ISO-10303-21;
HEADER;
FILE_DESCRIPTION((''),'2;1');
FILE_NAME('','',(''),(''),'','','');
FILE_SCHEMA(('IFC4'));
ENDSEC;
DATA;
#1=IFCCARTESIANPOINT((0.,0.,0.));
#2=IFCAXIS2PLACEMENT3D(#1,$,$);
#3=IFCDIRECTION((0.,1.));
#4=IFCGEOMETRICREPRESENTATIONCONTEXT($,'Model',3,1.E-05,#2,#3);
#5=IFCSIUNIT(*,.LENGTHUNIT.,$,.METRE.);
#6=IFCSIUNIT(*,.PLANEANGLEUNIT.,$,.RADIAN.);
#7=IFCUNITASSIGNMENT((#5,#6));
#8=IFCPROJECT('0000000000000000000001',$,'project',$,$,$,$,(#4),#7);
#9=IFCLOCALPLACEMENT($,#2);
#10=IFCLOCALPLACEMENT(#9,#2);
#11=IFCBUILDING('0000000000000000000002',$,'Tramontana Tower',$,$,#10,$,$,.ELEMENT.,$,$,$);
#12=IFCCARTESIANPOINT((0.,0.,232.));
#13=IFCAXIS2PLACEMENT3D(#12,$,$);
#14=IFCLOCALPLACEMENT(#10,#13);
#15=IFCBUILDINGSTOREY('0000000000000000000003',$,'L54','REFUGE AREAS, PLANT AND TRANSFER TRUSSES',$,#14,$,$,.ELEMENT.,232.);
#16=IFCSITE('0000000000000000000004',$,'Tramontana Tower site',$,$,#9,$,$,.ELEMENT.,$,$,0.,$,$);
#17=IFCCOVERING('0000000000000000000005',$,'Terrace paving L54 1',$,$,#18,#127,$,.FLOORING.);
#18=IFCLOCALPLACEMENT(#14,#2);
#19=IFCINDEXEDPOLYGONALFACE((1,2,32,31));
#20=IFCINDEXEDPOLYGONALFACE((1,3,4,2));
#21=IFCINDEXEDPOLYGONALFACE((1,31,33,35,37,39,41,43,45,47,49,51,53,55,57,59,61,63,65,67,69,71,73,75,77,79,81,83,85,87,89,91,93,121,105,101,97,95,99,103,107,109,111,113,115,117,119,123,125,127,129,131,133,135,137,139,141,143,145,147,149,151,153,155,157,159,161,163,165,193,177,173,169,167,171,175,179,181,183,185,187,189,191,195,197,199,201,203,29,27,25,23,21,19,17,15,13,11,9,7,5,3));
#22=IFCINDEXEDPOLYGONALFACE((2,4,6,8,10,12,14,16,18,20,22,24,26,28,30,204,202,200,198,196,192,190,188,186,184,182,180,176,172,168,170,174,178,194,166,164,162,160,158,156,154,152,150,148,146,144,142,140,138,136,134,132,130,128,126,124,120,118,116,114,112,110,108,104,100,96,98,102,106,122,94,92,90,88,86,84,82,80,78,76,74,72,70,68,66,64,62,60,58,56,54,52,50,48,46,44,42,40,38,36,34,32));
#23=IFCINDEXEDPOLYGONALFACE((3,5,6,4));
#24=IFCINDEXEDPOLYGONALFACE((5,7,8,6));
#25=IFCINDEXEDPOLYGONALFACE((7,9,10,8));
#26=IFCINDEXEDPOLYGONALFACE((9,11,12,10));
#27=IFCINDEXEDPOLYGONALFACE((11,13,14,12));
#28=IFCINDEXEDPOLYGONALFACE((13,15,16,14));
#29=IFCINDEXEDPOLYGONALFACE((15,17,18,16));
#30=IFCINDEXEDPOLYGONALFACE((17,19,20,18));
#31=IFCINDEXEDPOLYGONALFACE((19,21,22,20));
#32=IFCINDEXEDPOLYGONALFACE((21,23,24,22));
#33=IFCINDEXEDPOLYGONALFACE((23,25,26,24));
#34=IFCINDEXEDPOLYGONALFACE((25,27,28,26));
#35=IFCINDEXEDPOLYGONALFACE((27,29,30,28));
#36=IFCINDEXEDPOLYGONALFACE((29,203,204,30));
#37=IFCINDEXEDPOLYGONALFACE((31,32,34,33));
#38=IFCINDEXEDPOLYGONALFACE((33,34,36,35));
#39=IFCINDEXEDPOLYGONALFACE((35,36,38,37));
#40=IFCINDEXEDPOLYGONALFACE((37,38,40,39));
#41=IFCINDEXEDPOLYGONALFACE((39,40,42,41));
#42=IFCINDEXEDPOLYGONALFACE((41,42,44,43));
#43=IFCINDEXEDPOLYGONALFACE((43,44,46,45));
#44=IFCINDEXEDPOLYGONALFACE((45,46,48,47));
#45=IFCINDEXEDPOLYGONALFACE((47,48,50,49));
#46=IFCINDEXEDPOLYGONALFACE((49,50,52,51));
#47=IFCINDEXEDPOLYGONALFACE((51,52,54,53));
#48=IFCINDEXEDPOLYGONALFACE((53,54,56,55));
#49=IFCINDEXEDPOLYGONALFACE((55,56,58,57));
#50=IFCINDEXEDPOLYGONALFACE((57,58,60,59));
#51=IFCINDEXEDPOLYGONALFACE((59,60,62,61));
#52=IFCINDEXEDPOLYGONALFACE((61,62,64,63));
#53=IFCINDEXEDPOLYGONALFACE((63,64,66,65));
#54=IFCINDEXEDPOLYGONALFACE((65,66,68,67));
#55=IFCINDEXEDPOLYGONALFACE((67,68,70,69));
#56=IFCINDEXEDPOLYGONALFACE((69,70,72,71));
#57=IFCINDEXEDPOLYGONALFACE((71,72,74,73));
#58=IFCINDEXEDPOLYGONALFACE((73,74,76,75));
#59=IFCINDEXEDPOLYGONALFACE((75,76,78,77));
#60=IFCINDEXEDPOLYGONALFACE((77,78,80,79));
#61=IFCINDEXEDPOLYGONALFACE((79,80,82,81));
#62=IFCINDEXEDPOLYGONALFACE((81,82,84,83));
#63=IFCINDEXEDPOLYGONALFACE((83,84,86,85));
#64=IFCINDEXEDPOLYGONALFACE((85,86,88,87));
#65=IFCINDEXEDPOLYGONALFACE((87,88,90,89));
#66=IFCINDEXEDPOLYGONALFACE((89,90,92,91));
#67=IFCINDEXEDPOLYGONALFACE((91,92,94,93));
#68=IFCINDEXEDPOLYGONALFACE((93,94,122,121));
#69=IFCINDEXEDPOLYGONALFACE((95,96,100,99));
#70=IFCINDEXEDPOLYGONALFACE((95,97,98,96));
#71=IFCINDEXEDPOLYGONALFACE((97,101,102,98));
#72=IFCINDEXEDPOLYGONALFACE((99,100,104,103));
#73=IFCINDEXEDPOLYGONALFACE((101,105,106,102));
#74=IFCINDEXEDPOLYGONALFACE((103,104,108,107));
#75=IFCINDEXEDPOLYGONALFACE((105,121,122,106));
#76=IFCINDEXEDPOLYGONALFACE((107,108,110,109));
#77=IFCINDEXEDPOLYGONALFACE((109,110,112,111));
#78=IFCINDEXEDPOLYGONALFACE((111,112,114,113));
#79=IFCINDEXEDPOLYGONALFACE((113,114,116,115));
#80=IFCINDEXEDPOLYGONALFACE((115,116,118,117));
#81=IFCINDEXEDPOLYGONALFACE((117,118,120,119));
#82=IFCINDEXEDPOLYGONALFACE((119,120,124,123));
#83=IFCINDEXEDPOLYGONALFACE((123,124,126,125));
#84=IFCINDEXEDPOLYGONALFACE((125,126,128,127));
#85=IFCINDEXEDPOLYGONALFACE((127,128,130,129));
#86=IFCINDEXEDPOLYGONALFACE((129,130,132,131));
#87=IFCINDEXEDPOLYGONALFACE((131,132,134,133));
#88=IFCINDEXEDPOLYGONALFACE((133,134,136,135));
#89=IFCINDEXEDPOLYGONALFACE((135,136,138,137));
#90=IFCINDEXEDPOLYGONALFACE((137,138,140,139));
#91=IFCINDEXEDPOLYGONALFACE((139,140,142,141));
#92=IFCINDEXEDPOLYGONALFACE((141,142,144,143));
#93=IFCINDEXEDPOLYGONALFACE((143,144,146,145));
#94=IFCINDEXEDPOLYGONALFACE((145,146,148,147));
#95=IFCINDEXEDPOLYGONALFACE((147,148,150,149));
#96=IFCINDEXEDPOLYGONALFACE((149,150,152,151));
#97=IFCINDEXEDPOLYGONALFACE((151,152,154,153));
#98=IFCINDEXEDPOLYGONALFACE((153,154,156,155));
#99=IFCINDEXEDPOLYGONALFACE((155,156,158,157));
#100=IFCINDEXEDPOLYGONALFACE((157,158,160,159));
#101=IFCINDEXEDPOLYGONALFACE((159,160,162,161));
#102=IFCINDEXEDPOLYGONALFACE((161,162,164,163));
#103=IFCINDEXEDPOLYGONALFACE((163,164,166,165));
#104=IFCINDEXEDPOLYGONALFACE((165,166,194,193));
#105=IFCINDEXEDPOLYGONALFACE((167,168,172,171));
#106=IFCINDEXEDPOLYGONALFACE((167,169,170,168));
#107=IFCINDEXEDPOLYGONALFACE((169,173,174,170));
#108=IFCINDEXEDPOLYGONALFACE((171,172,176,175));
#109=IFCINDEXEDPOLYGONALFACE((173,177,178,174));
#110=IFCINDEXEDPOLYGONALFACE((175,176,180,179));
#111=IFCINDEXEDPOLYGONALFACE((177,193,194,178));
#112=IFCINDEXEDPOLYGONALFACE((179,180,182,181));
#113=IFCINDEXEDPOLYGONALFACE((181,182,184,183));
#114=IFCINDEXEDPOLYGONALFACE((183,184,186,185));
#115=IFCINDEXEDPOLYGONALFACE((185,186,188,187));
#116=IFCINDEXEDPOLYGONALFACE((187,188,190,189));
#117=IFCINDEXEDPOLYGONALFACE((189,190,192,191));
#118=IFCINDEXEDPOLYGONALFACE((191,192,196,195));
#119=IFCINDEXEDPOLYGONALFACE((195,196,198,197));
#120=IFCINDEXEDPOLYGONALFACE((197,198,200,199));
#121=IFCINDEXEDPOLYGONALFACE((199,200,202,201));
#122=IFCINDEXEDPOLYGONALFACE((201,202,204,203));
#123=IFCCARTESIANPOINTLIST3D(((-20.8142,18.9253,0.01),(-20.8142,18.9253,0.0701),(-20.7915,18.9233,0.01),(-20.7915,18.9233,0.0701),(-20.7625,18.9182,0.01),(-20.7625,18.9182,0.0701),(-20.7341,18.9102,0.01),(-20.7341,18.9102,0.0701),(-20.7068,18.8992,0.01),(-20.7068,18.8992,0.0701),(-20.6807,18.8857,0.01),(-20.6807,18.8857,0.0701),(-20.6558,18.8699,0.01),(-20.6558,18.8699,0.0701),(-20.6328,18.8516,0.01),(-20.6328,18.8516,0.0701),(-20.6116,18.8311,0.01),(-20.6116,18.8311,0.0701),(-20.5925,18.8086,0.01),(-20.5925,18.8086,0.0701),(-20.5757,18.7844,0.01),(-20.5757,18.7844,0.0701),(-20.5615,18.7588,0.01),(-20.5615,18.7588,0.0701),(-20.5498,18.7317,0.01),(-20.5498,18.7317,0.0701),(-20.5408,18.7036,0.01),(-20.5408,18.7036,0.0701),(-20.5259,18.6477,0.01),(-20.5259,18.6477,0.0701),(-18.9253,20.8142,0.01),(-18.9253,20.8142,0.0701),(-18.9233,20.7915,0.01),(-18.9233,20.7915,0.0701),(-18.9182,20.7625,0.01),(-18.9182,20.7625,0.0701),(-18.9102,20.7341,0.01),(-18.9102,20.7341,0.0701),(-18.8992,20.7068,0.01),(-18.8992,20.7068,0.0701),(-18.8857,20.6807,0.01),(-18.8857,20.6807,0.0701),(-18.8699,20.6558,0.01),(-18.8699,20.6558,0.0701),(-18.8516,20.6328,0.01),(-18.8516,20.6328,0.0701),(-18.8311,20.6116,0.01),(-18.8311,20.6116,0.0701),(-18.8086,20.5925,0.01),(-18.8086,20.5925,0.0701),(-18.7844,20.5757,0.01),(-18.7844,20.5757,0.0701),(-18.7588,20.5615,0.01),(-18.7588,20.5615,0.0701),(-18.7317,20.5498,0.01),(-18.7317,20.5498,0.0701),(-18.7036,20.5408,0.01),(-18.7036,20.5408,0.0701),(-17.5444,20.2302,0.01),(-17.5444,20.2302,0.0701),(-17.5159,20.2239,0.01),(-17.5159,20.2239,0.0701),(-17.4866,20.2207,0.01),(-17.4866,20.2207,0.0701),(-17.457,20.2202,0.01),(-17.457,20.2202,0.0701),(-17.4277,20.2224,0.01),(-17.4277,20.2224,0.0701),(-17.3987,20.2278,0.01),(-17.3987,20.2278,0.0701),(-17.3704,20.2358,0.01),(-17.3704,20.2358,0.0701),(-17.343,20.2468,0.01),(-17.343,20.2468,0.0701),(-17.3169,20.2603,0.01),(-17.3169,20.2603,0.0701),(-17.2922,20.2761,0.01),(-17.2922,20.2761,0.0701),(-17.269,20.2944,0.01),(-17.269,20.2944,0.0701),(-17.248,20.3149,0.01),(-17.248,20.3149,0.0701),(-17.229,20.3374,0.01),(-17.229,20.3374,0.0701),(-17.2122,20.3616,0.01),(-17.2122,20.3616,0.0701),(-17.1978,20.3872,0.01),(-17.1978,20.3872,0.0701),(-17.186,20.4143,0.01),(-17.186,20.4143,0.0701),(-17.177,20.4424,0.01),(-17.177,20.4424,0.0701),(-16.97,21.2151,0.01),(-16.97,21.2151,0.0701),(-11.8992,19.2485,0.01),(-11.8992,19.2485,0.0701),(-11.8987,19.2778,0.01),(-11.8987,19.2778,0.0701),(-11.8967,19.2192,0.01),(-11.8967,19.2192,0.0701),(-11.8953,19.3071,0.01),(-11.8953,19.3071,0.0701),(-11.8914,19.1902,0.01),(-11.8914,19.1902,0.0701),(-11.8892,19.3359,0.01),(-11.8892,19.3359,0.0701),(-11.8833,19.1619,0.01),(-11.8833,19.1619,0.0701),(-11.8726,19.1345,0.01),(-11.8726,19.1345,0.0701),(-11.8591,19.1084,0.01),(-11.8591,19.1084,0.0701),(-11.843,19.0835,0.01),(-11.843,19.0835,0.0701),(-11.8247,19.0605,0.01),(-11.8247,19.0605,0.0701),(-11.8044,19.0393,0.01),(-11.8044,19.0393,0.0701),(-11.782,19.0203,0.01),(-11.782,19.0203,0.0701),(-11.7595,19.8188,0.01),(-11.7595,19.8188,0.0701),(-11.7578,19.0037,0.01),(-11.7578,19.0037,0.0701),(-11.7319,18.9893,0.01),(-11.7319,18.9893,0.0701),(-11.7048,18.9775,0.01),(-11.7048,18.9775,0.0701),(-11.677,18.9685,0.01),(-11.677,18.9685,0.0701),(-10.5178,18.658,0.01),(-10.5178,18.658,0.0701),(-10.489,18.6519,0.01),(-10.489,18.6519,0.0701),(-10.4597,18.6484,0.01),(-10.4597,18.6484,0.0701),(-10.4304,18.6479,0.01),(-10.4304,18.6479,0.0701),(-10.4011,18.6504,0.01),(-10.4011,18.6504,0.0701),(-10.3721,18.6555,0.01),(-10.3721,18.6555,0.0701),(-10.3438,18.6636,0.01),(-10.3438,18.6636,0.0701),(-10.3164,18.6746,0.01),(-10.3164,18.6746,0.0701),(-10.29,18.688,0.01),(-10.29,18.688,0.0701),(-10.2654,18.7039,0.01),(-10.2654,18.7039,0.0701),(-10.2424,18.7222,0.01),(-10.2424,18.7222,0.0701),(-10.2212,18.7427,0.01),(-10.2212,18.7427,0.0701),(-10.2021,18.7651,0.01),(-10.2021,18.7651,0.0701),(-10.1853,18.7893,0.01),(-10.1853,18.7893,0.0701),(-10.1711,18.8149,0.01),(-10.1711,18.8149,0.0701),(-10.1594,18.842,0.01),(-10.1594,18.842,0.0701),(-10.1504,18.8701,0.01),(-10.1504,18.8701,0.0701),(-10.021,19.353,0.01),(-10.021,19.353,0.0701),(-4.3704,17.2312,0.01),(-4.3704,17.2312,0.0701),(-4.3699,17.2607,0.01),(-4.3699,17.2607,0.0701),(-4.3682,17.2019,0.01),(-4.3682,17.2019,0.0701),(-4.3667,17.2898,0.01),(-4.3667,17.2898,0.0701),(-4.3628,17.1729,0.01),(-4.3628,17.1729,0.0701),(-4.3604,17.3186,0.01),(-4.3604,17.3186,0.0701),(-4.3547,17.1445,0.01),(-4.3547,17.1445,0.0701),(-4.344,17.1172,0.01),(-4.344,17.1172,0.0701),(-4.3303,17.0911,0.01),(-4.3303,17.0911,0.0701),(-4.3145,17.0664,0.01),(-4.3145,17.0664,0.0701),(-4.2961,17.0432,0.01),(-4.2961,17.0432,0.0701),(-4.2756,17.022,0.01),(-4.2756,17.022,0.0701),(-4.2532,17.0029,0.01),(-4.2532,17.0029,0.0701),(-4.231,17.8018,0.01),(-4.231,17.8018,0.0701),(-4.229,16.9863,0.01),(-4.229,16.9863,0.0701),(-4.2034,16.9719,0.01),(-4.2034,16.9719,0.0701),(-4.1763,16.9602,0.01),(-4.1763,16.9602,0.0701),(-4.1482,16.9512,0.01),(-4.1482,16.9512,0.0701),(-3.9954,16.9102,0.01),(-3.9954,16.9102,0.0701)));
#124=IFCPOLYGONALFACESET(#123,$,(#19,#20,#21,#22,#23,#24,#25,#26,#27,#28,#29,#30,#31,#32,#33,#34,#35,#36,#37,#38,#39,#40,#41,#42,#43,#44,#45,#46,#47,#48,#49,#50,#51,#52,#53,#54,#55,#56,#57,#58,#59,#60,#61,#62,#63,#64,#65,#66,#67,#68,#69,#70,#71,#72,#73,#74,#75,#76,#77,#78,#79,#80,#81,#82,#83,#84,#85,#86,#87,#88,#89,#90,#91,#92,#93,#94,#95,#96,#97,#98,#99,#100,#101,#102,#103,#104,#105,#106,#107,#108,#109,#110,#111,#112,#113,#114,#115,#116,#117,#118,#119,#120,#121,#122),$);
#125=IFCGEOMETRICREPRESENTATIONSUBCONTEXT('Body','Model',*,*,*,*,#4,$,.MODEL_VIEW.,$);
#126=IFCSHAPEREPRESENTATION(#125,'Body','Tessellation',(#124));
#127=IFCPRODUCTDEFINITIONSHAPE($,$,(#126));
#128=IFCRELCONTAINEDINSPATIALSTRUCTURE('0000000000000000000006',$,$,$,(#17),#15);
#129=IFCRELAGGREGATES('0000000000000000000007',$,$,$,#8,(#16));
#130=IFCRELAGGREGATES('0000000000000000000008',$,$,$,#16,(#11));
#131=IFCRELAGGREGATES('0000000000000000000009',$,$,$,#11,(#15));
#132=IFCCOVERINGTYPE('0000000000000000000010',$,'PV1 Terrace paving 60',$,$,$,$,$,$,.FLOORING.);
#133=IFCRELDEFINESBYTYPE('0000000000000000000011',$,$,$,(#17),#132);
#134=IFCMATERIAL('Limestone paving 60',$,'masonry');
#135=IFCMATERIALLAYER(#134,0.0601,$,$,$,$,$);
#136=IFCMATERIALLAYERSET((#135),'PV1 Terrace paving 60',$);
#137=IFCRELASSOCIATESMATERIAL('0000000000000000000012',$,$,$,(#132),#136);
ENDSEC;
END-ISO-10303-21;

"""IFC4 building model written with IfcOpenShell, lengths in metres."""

from ifc_helpers import new_model, si_unit, direction, frame, origin, place, context, subcontext, project, spatial, polyline, outline, extrude, material, layer, layer_set, type_object, element, save


model = new_model("IFC4")

# Units and contexts
model_context = context("Model", 3, precision=1e-05, world=origin(), true_north=direction((0.0, 1.0)))
body_context = subcontext(model_context, "Body", "Model", "MODEL_VIEW")
ifc_project = project(units=[si_unit("LENGTHUNIT", "METRE"), si_unit("PLANEANGLEUNIT", "RADIAN")], contexts=[model_context])

# Site, building, storey
site_placement = place(None, origin())
site = spatial("IfcSite", under=ifc_project, at=site_placement, Name="Tramontana Tower site", CompositionType="ELEMENT", RefElevation=0.0)
building_placement = place(site_placement, origin())
building = spatial("IfcBuilding", under=site, at=building_placement, Name="Tramontana Tower", CompositionType="ELEMENT")
storey_placement = place(building_placement, frame((0.0, 0.0, 232.0)))
storey = spatial("IfcBuildingStorey", under=building, at=storey_placement, Name="L54", Description="REFUGE AREAS, PLANT AND TRANSFER TRUSSES", CompositionType="ELEMENT", Elevation=232.0)

# Covering
ifc_material_1 = material(Name="Limestone paving 60", Category="masonry")
ifc_layer_1 = layer(ifc_material_1, 0.0601)
ifc_layer_set_1 = layer_set([ifc_layer_1], Name="PV1 Terrace paving 60")
covering_type_1 = type_object("IfcCoveringType", Name="PV1 Terrace paving 60", PredefinedType="FLOORING", material=ifc_layer_set_1)
covering_1_placement = place(storey_placement, frame((0.0, 0.0, 0.01)))
element("IfcCovering", 1, at=covering_1_placement, inside=storey, type_object=covering_type_1, Name="Terrace paving L54 1", PredefinedType="FLOORING", context=body_context, shape_type="SweptSolid", body=[
    extrude(outline(polyline([(-18.9253, 20.8142), (-18.9233, 20.7915), (-18.9182, 20.7625), (-18.9102, 20.7341), (-18.8992, 20.7068), (-18.8857, 20.6807), (-18.8699, 20.6558), (-18.8516, 20.6328), (-18.8311, 20.6116), (-18.8086, 20.5925), (-18.7844, 20.5757), (-18.7588, 20.5615), (-18.7317, 20.5498), (-18.7036, 20.5408), (-17.5444, 20.2302), (-17.5159, 20.2239), (-17.4866, 20.2207), (-17.457, 20.2202), (-17.4277, 20.2224), (-17.3987, 20.2278), (-17.3704, 20.2358), (-17.343, 20.2468), (-17.3169, 20.2603), (-17.2922, 20.2761), (-17.269, 20.2944), (-17.248, 20.3149), (-17.229, 20.3374), (-17.2122, 20.3616), (-17.1978, 20.3872), (-17.186, 20.4143), (-17.177, 20.4424), (-16.97, 21.2151), (-11.7595, 19.8188), (-11.8892, 19.3359), (-11.8953, 19.3071), (-11.8987, 19.2778), (-11.8992, 19.2485), (-11.8967, 19.2192), (-11.8914, 19.1902), (-11.8833, 19.1619), (-11.8726, 19.1345), (-11.8591, 19.1084), (-11.843, 19.0835), (-11.8247, 19.0605), (-11.8044, 19.0393), (-11.782, 19.0203), (-11.7578, 19.0037), (-11.7319, 18.9893), (-11.7048, 18.9775), (-11.677, 18.9685), (-10.5178, 18.658), (-10.489, 18.6519), (-10.4597, 18.6484), (-10.4304, 18.6479), (-10.4011, 18.6504), (-10.3721, 18.6555), (-10.3438, 18.6636), (-10.3164, 18.6746), (-10.29, 18.688), (-10.2654, 18.7039), (-10.2424, 18.7222), (-10.2212, 18.7427), (-10.2021, 18.7651), (-10.1853, 18.7893), (-10.1711, 18.8149), (-10.1594, 18.842), (-10.1504, 18.8701), (-10.021, 19.353), (-4.231, 17.8018), (-4.3604, 17.3186), (-4.3667, 17.2898), (-4.3699, 17.2607), (-4.3704, 17.2312), (-4.3682, 17.2019), (-4.3628, 17.1729), (-4.3547, 17.1445), (-4.344, 17.1172), (-4.3303, 17.0911), (-4.3145, 17.0664), (-4.2961, 17.0432), (-4.2756, 17.022), (-4.2532, 17.0029), (-4.229, 16.9863), (-4.2034, 16.9719), (-4.1763, 16.9602), (-4.1482, 16.9512), (-3.9954, 16.9102), (-20.5259, 18.6477), (-20.5408, 18.7036), (-20.5498, 18.7317), (-20.5615, 18.7588), (-20.5757, 18.7844), (-20.5925, 18.8086), (-20.6116, 18.8311), (-20.6328, 18.8516), (-20.6558, 18.8699), (-20.6807, 18.8857), (-20.7068, 18.8992), (-20.7341, 18.9102), (-20.7625, 18.9182), (-20.7915, 18.9233), (-20.8142, 18.9253), (-18.9253, 20.8142)])), origin(), (0.0, 0.0, 1.0), 0.0601),
])

save(model, "model.ifc")
